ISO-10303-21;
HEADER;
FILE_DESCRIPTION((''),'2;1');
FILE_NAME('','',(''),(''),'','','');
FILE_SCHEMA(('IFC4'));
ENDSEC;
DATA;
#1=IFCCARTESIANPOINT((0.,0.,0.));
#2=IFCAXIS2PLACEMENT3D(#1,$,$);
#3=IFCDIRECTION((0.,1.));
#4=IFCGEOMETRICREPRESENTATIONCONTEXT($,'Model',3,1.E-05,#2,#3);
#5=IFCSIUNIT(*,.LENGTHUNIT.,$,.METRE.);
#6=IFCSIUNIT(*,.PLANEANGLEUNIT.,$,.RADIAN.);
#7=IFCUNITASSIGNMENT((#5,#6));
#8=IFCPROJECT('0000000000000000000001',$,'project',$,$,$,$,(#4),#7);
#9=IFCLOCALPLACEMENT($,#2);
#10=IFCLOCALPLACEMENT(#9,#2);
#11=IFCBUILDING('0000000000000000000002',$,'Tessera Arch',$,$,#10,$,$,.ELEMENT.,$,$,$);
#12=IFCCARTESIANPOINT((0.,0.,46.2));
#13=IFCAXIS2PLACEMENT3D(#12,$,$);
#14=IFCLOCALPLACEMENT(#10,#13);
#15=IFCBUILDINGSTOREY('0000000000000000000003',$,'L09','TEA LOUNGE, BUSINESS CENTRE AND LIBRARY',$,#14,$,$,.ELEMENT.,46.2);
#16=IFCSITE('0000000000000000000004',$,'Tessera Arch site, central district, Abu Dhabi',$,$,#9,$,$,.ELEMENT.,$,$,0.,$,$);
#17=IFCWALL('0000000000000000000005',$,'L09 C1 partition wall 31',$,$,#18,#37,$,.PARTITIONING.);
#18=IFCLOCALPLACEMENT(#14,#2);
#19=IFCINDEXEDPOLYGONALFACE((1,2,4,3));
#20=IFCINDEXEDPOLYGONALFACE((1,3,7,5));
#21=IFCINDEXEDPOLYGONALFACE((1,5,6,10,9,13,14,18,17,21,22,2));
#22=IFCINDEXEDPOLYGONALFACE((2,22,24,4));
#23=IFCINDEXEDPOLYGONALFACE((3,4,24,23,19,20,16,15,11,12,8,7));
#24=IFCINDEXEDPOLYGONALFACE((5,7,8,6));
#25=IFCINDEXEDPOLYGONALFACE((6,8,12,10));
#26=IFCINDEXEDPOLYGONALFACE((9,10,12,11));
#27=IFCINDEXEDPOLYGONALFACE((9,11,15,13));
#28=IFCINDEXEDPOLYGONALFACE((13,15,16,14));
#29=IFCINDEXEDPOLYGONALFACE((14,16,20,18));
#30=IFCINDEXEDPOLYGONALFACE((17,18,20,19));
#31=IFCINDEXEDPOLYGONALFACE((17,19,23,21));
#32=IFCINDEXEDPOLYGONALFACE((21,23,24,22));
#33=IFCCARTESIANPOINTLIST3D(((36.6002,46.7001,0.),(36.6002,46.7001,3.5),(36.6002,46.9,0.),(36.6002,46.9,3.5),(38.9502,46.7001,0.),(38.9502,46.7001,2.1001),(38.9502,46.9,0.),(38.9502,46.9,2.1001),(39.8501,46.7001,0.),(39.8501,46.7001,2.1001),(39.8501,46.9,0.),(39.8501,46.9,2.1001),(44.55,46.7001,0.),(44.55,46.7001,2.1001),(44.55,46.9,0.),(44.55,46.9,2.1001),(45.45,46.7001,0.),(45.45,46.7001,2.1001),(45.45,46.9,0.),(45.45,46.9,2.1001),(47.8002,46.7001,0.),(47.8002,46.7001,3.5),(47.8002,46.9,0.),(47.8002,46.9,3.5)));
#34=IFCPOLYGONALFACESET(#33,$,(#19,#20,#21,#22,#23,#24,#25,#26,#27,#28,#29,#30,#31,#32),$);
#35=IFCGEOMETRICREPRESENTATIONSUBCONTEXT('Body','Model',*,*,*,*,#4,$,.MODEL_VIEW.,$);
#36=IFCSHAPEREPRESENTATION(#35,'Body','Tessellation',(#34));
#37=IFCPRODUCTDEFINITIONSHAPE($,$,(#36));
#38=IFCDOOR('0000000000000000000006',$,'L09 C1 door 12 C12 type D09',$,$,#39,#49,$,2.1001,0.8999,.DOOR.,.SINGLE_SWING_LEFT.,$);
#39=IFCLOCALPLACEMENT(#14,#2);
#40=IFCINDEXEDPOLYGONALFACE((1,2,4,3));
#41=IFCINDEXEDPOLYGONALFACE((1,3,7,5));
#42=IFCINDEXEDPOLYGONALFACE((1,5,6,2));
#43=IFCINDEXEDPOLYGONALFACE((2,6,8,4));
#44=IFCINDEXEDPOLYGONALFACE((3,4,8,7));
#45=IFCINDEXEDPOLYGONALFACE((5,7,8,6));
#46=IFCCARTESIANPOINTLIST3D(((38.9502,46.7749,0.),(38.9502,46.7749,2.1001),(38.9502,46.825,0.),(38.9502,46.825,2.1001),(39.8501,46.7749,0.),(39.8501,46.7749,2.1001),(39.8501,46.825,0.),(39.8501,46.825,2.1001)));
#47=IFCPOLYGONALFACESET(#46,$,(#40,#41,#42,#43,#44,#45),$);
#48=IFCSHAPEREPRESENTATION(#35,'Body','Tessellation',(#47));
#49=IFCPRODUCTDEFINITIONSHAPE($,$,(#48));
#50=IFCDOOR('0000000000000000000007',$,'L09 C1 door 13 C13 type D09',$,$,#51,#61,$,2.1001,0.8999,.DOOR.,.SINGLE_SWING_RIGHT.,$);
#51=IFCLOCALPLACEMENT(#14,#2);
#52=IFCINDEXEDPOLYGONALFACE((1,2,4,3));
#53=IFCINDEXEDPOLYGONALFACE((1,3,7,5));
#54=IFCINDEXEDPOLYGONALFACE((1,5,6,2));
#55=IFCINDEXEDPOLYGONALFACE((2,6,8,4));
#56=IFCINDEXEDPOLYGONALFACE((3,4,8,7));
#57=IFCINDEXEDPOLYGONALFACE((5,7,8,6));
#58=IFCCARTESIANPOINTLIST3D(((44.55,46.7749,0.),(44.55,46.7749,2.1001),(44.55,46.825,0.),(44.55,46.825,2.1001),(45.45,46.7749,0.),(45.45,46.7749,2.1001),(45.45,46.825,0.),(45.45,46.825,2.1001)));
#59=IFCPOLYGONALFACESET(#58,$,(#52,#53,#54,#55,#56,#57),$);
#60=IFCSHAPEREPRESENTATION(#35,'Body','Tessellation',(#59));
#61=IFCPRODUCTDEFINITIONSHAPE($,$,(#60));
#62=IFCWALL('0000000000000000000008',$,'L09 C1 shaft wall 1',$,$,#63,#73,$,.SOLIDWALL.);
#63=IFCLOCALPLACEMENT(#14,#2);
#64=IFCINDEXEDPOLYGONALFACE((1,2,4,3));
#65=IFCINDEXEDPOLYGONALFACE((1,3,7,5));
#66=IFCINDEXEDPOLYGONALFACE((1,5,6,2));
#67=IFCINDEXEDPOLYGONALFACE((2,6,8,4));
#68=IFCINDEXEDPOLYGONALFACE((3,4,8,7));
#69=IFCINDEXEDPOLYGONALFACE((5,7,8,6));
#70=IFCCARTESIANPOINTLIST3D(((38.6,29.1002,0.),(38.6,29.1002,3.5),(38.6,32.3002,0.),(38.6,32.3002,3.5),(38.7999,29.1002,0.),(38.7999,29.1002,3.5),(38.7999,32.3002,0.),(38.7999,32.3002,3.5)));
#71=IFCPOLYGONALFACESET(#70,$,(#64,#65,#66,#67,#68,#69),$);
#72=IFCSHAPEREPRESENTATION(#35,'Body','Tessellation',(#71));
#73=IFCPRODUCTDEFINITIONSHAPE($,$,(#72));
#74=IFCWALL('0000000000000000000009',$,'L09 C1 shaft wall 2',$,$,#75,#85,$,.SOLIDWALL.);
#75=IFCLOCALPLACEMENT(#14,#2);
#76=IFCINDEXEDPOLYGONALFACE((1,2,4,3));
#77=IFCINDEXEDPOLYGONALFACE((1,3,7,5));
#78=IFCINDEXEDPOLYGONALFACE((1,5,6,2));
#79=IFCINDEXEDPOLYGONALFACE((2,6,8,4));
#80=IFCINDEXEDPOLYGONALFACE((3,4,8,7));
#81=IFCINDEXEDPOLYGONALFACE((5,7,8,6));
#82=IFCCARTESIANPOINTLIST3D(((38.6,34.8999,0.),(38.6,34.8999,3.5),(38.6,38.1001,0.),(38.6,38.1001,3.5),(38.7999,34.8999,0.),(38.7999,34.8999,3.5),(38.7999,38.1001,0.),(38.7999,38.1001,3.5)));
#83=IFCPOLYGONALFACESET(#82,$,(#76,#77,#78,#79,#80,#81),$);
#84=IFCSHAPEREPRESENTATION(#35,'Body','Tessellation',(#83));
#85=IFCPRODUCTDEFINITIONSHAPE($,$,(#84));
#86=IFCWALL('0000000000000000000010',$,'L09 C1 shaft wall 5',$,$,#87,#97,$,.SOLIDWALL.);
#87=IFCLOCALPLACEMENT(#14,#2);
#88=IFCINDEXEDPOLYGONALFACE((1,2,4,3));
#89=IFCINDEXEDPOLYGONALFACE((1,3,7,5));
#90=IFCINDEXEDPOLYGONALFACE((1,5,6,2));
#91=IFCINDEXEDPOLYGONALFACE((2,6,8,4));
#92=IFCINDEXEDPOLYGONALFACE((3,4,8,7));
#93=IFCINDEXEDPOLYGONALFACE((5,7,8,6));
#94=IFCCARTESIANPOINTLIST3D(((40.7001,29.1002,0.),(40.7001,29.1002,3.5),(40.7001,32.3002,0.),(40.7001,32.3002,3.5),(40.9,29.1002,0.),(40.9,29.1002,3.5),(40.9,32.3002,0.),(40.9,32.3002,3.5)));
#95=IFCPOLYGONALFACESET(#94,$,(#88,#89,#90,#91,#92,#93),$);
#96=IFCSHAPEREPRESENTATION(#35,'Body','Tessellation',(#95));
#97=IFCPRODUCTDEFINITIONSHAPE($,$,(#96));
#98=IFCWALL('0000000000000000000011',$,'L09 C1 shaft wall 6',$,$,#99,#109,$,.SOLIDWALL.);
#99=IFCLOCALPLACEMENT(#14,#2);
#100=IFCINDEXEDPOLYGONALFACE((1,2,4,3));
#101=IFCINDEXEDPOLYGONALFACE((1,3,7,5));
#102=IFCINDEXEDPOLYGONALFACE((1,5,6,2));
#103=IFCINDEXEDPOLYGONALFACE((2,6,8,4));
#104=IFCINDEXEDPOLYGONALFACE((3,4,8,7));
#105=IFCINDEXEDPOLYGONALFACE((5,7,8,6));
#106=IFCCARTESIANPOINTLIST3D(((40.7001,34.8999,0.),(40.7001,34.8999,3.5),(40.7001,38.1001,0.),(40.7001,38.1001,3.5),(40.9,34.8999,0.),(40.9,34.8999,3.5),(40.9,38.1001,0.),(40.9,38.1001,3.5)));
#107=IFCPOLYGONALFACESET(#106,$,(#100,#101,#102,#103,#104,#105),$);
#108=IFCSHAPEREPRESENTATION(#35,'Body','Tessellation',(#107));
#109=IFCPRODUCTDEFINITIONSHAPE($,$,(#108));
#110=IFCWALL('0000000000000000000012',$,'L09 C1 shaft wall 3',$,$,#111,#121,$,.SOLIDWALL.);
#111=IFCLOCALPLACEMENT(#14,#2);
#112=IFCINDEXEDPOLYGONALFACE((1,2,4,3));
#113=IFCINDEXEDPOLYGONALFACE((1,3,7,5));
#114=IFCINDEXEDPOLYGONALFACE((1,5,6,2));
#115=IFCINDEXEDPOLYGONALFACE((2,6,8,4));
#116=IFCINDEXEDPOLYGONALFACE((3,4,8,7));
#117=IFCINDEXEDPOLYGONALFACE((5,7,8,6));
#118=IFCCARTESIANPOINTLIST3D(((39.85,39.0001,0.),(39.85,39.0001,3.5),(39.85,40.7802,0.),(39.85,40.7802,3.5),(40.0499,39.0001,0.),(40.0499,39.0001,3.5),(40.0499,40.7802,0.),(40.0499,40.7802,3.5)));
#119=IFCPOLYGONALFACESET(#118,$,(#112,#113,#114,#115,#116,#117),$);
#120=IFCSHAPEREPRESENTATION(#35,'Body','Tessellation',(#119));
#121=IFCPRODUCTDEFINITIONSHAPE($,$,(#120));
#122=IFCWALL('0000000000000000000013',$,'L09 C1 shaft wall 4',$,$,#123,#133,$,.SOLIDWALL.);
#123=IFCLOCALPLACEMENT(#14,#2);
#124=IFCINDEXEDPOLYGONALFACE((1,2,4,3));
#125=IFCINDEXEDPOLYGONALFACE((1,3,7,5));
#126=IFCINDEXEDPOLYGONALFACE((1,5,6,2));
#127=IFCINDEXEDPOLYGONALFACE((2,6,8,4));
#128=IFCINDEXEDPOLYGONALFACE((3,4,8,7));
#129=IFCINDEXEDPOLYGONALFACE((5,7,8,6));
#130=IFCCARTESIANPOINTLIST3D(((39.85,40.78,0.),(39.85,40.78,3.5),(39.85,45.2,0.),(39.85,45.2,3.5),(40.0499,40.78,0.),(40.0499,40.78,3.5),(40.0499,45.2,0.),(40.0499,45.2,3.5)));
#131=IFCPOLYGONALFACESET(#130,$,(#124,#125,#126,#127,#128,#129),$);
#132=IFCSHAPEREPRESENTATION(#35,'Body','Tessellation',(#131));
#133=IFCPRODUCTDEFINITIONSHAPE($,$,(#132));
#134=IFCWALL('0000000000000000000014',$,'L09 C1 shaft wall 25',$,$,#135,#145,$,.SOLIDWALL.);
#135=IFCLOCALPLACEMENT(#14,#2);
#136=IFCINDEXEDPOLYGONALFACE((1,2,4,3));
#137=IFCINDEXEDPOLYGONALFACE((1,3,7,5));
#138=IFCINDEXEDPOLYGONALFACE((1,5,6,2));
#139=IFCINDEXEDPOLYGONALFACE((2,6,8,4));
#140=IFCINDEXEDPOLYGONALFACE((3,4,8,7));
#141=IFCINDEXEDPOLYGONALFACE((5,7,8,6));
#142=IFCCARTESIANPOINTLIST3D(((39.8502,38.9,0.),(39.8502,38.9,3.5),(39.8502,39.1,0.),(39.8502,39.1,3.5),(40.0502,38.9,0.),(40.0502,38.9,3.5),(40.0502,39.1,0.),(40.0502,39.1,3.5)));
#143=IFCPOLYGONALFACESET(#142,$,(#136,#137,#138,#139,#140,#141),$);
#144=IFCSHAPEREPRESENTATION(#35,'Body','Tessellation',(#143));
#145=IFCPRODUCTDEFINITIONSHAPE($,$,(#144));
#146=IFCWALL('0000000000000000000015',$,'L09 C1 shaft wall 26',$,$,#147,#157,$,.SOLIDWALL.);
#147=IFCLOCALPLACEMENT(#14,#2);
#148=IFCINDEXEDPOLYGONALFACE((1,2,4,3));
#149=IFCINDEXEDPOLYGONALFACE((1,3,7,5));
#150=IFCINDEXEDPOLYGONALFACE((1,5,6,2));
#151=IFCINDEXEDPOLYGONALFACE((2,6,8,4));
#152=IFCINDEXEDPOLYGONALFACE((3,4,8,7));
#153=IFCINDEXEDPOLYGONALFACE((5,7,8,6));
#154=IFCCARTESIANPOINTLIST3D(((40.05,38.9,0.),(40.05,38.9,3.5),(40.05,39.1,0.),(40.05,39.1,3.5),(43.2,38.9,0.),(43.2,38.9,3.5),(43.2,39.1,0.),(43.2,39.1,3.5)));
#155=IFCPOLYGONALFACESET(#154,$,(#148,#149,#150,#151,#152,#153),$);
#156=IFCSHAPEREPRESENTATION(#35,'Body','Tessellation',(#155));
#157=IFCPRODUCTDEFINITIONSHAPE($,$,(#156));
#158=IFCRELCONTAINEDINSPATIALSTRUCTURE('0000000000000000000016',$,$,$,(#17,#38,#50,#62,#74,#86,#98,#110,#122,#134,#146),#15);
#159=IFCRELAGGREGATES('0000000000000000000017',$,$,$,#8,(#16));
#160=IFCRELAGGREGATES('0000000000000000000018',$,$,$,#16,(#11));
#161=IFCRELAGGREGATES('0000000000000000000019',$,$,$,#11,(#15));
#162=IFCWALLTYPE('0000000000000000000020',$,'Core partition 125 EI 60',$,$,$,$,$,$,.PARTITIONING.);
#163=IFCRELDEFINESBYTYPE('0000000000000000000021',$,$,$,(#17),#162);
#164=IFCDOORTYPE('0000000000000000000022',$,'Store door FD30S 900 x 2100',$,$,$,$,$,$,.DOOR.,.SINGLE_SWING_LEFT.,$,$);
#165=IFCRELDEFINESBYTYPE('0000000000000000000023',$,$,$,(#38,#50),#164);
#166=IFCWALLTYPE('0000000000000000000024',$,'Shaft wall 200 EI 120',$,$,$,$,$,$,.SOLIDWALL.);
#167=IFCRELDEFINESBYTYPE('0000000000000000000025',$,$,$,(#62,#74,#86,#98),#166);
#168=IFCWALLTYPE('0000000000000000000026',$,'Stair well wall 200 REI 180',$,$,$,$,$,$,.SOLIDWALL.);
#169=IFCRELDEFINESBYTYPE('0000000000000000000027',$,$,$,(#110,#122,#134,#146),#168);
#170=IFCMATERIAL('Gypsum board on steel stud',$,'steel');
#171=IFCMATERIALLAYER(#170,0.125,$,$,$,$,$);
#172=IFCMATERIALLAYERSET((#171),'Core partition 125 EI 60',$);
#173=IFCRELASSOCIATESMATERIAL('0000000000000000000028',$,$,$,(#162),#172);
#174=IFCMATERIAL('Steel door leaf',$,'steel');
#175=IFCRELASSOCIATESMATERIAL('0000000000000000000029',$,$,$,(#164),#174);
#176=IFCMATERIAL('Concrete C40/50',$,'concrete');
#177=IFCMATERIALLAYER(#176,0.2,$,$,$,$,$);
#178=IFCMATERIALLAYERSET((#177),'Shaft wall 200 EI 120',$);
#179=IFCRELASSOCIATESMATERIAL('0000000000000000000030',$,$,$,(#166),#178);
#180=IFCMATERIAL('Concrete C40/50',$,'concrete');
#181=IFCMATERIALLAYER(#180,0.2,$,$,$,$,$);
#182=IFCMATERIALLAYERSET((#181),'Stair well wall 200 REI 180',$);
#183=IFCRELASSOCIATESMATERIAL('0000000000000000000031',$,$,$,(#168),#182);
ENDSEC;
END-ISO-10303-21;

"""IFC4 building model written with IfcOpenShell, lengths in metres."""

from ifc_helpers import new_model, si_unit, direction, frame, frame_2d, origin, place, context, subcontext, project, spatial, rectangle, extrude, material, layer, layer_set, type_object, element, fill, save


model = new_model("IFC4")

# Units and contexts
model_context = context("Model", 3, precision=1e-05, world=origin(), true_north=direction((0.0, 1.0)))
body_context = subcontext(model_context, "Body", "Model", "MODEL_VIEW")
ifc_project = project(units=[si_unit("LENGTHUNIT", "METRE"), si_unit("PLANEANGLEUNIT", "RADIAN")], contexts=[model_context])

# Site, building, storey
site_placement = place(None, origin())
site = spatial("IfcSite", under=ifc_project, at=site_placement, Name="Tessera Arch site, central district, Abu Dhabi", CompositionType="ELEMENT", RefElevation=0.0)
building_placement = place(site_placement, origin())
building = spatial("IfcBuilding", under=site, at=building_placement, Name="Tessera Arch", CompositionType="ELEMENT")
storey_placement = place(building_placement, frame((0.0, 0.0, 46.2)))
storey = spatial("IfcBuildingStorey", under=building, at=storey_placement, Name="L09", Description="TEA LOUNGE, BUSINESS CENTRE AND LIBRARY", CompositionType="ELEMENT", Elevation=46.2)

# Wall, openings, doors
ifc_material_1 = material(Name="Gypsum board on steel stud", Category="steel")
ifc_layer_1 = layer(ifc_material_1, 0.125)
ifc_layer_set_1 = layer_set([ifc_layer_1], Name="Core partition 125 EI 60")
wall_type_1 = type_object("IfcWallType", Name="Core partition 125 EI 60", PredefinedType="PARTITIONING", material=ifc_layer_set_1)
wall_1_placement = place(storey_placement, frame((36.6001, 46.8, 0.0), z_axis=(0.0, 0.0, 1.0), x_axis=(1.0, 0.0, 0.0)))
wall_1 = element("IfcWall", 1, at=wall_1_placement, inside=storey, type_object=wall_type_1, Name="L09 C1 partition wall 31", PredefinedType="PARTITIONING", context=body_context, shape_type="SweptSolid", body=[
    extrude(rectangle(XDim=11.2, YDim=0.2, at=frame_2d((5.6001, 0.0))), origin(), (0.0, 0.0, 1.0), 3.5),
])
opening_1_placement = place(wall_1_placement, frame((2.3501, 0.0, 0.0)))
opening_1 = element("IfcOpeningElement", 2, at=opening_1_placement, cuts=wall_1, PredefinedType="OPENING", context=body_context, shape_type="SweptSolid", body=[
    extrude(rectangle(XDim=0.8999, YDim=2.1001, at=frame_2d((0.45, 1.05))), frame((0.0, 0.1099, 0.0), z_axis=(0.0, -1.0, 0.0), x_axis=(1.0, 0.0, 0.0)), (0.0, 0.0, 1.0), 0.22),
])
opening_2_placement = place(wall_1_placement, frame((7.95, 0.0, 0.0)))
opening_2 = element("IfcOpeningElement", 3, at=opening_2_placement, cuts=wall_1, PredefinedType="OPENING", context=body_context, shape_type="SweptSolid", body=[
    extrude(rectangle(XDim=0.8999, YDim=2.1001, at=frame_2d((0.45, 1.05))), frame((0.0, 0.1099, 0.0), z_axis=(0.0, -1.0, 0.0), x_axis=(1.0, 0.0, 0.0)), (0.0, 0.0, 1.0), 0.22),
])
ifc_material_2 = material(Name="Steel door leaf", Category="steel")
door_type_1 = type_object("IfcDoorType", Name="Store door FD30S 900 x 2100", OperationType="SINGLE_SWING_LEFT", PredefinedType="DOOR", material=ifc_material_2)
door_1_placement = place(opening_1_placement, origin())
door_1 = element("IfcDoor", 4, at=door_1_placement, inside=storey, type_object=door_type_1, Name="L09 C1 door 12 C12 type D09", OperationType="SINGLE_SWING_LEFT", OverallHeight=2.1001, OverallWidth=0.8999, PredefinedType="DOOR", context=body_context, shape_type="SweptSolid", body=[
    extrude(rectangle(XDim=0.8999, YDim=2.1001, at=frame_2d((0.45, 1.05))), frame((0.0, 0.0249, 0.0), z_axis=(0.0, -1.0, 0.0), x_axis=(1.0, 0.0, 0.0)), (0.0, 0.0, 1.0), 0.05),
])
fill(opening_1, door_1)
door_2_placement = place(opening_2_placement, origin())
door_2 = element("IfcDoor", 5, at=door_2_placement, inside=storey, type_object=door_type_1, Name="L09 C1 door 13 C13 type D09", OperationType="SINGLE_SWING_RIGHT", OverallHeight=2.1001, OverallWidth=0.8999, PredefinedType="DOOR", context=body_context, shape_type="SweptSolid", body=[
    extrude(rectangle(XDim=0.8999, YDim=2.1001, at=frame_2d((0.45, 1.05))), frame((0.0, 0.0249, 0.0), z_axis=(0.0, -1.0, 0.0), x_axis=(1.0, 0.0, 0.0)), (0.0, 0.0, 1.0), 0.05),
])
fill(opening_2, door_2)

# Walls
ifc_material_3 = material(Name="Concrete C40/50", Category="concrete")
ifc_layer_2 = layer(ifc_material_3, 0.2)
ifc_layer_set_2 = layer_set([ifc_layer_2], Name="Shaft wall 200 EI 120")
wall_type_2 = type_object("IfcWallType", Name="Shaft wall 200 EI 120", PredefinedType="SOLIDWALL", material=ifc_layer_set_2)
wall_2_placement = place(storey_placement, frame((38.7, 29.1001, 0.0), z_axis=(0.0, 0.0, 1.0), x_axis=(0.0, 1.0, 0.0)))
element("IfcWall", 6, at=wall_2_placement, inside=storey, type_object=wall_type_2, Name="L09 C1 shaft wall 1", PredefinedType="SOLIDWALL", context=body_context, shape_type="SweptSolid", body=[
    extrude(rectangle(XDim=3.2, YDim=0.2, at=frame_2d((1.6001, 0.0))), origin(), (0.0, 0.0, 1.0), 3.5),
])
wall_3_placement = place(storey_placement, frame((38.7, 34.8999, 0.0), z_axis=(0.0, 0.0, 1.0), x_axis=(0.0, 1.0, 0.0)))
element("IfcWall", 7, at=wall_3_placement, inside=storey, type_object=wall_type_2, Name="L09 C1 shaft wall 2", PredefinedType="SOLIDWALL", context=body_context, shape_type="SweptSolid", body=[
    extrude(rectangle(XDim=3.2002, YDim=0.2, at=frame_2d((1.6001, 0.0))), origin(), (0.0, 0.0, 1.0), 3.5),
])
wall_4_placement = place(storey_placement, frame((40.8, 29.1001, 0.0), z_axis=(0.0, 0.0, 1.0), x_axis=(0.0, 1.0, 0.0)))
element("IfcWall", 8, at=wall_4_placement, inside=storey, type_object=wall_type_2, Name="L09 C1 shaft wall 5", PredefinedType="SOLIDWALL", context=body_context, shape_type="SweptSolid", body=[
    extrude(rectangle(XDim=3.2, YDim=0.2, at=frame_2d((1.6001, 0.0))), origin(), (0.0, 0.0, 1.0), 3.5),
])
wall_5_placement = place(storey_placement, frame((40.8, 34.8999, 0.0), z_axis=(0.0, 0.0, 1.0), x_axis=(0.0, 1.0, 0.0)))
element("IfcWall", 9, at=wall_5_placement, inside=storey, type_object=wall_type_2, Name="L09 C1 shaft wall 6", PredefinedType="SOLIDWALL", context=body_context, shape_type="SweptSolid", body=[
    extrude(rectangle(XDim=3.2002, YDim=0.2, at=frame_2d((1.6001, 0.0))), origin(), (0.0, 0.0, 1.0), 3.5),
])
ifc_material_4 = material(Name="Concrete C40/50", Category="concrete")
ifc_layer_3 = layer(ifc_material_4, 0.2)
ifc_layer_set_3 = layer_set([ifc_layer_3], Name="Stair well wall 200 REI 180")
wall_type_3 = type_object("IfcWallType", Name="Stair well wall 200 REI 180", PredefinedType="SOLIDWALL", material=ifc_layer_set_3)
wall_6_placement = place(storey_placement, frame((39.95, 39.0, 0.0), z_axis=(0.0, 0.0, 1.0), x_axis=(0.0, 1.0, 0.0)))
element("IfcWall", 10, at=wall_6_placement, inside=storey, type_object=wall_type_3, Name="L09 C1 shaft wall 3", PredefinedType="SOLIDWALL", context=body_context, shape_type="SweptSolid", body=[
    extrude(rectangle(XDim=1.78, YDim=0.2, at=frame_2d((0.8901, 0.0))), origin(), (0.0, 0.0, 1.0), 3.5),
])
wall_7_placement = place(storey_placement, frame((39.95, 40.78, 0.0), z_axis=(0.0, 0.0, 1.0), x_axis=(0.0, 1.0, 0.0)))
element("IfcWall", 11, at=wall_7_placement, inside=storey, type_object=wall_type_3, Name="L09 C1 shaft wall 4", PredefinedType="SOLIDWALL", context=body_context, shape_type="SweptSolid", body=[
    extrude(rectangle(XDim=4.4199, YDim=0.2, at=frame_2d((2.21, 0.0))), origin(), (0.0, 0.0, 1.0), 3.5),
])
wall_8_placement = place(storey_placement, frame((39.8501, 39.0, 0.0), z_axis=(0.0, 0.0, 1.0), x_axis=(1.0, 0.0, 0.0)))
element("IfcWall", 12, at=wall_8_placement, inside=storey, type_object=wall_type_3, Name="L09 C1 shaft wall 25", PredefinedType="SOLIDWALL", context=body_context, shape_type="SweptSolid", body=[
    extrude(rectangle(XDim=0.2, YDim=0.2, at=frame_2d((0.1001, 0.0))), origin(), (0.0, 0.0, 1.0), 3.5),
])
wall_9_placement = place(storey_placement, frame((40.05, 39.0, 0.0), z_axis=(0.0, 0.0, 1.0), x_axis=(1.0, 0.0, 0.0)))
element("IfcWall", 13, at=wall_9_placement, inside=storey, type_object=wall_type_3, Name="L09 C1 shaft wall 26", PredefinedType="SOLIDWALL", context=body_context, shape_type="SweptSolid", body=[
    extrude(rectangle(XDim=3.1499, YDim=0.2, at=frame_2d((1.575, 0.0))), origin(), (0.0, 0.0, 1.0), 3.5),
])

save(model, "model.ifc")
